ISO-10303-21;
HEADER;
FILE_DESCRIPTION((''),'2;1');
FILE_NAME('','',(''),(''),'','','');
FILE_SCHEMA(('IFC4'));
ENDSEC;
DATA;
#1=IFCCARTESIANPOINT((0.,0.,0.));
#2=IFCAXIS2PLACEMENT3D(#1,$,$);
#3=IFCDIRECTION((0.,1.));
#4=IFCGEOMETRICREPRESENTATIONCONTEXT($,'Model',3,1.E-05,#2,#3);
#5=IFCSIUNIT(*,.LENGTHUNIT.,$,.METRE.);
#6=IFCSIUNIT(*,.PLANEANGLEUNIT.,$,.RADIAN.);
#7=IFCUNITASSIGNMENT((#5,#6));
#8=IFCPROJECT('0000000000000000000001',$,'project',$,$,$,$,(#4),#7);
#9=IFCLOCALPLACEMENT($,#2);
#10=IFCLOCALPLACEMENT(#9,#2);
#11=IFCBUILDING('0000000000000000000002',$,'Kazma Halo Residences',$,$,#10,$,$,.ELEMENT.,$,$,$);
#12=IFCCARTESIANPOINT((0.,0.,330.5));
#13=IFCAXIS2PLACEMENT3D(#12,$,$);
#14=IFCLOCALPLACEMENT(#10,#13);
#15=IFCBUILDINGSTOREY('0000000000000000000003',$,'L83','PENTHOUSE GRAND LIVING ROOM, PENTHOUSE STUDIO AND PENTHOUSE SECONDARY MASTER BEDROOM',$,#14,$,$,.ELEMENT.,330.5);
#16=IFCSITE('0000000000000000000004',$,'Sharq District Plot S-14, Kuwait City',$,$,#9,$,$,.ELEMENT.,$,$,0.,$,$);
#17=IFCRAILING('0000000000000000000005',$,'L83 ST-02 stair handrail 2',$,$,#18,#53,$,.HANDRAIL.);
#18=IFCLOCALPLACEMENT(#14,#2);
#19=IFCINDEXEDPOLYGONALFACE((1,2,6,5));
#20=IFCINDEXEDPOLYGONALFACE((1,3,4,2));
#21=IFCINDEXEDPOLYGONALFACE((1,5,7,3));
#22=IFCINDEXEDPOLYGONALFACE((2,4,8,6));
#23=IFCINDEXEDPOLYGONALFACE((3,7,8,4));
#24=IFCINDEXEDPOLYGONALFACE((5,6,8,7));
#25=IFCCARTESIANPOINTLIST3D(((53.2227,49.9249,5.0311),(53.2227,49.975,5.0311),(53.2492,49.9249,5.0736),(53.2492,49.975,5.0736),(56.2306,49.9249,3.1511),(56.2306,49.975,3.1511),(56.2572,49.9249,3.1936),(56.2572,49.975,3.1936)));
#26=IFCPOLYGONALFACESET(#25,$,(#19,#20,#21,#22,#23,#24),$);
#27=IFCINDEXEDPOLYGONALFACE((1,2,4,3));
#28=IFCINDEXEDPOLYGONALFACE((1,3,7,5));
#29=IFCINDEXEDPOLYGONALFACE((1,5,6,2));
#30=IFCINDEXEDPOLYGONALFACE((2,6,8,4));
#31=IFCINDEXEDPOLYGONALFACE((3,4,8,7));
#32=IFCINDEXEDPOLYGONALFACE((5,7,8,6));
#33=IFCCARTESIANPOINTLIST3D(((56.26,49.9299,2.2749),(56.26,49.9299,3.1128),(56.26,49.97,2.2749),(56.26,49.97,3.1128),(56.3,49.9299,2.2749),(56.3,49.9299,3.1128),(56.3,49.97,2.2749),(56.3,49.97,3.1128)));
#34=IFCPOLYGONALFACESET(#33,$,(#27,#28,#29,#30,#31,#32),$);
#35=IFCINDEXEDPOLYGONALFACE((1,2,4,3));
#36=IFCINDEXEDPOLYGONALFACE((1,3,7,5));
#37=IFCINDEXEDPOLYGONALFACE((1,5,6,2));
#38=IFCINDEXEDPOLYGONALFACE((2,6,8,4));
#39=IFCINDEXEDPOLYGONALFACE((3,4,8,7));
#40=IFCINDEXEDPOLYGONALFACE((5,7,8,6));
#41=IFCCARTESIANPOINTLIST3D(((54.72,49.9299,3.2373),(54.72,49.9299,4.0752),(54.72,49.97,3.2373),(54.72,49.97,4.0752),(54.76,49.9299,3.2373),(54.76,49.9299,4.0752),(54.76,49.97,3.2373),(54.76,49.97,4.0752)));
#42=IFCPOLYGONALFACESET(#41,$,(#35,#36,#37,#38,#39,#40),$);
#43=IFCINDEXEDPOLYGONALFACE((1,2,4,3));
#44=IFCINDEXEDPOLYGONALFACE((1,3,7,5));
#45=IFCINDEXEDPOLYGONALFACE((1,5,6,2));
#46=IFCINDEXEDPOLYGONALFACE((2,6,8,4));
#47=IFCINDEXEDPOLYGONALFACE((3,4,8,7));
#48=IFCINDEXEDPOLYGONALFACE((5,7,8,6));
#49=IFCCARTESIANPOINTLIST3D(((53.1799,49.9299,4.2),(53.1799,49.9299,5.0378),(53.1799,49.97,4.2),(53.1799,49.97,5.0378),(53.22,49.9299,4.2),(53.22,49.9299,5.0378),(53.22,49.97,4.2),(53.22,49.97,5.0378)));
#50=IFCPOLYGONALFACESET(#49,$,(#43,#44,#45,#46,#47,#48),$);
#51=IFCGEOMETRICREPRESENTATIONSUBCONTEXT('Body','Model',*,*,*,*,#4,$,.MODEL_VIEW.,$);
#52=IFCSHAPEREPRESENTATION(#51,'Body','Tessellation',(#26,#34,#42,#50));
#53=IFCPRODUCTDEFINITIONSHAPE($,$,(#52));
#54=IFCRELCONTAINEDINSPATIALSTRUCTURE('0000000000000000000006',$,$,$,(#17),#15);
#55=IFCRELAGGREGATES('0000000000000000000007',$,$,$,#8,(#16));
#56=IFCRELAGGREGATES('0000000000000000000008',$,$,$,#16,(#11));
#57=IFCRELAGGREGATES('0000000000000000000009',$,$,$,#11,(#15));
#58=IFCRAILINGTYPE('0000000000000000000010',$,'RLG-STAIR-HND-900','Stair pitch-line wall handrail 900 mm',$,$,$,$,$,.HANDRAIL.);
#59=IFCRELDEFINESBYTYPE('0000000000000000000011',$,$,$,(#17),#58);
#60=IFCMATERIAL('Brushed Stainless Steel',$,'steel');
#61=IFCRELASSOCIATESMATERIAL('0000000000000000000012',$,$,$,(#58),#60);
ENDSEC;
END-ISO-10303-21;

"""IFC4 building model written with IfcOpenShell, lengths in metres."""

from ifc_helpers import new_model, si_unit, direction, frame, origin, origin_2d, place, context, subcontext, project, spatial, rectangle, extrude, material, type_object, element, save


model = new_model("IFC4")

# Units and contexts
model_context = context("Model", 3, precision=1e-05, world=origin(), true_north=direction((0.0, 1.0)))
body_context = subcontext(model_context, "Body", "Model", "MODEL_VIEW")
ifc_project = project(units=[si_unit("LENGTHUNIT", "METRE"), si_unit("PLANEANGLEUNIT", "RADIAN")], contexts=[model_context])

# Site, building, storey
site_placement = place(None, origin())
site = spatial("IfcSite", under=ifc_project, at=site_placement, Name="Sharq District Plot S-14, Kuwait City", CompositionType="ELEMENT", RefElevation=0.0)
building_placement = place(site_placement, origin())
building = spatial("IfcBuilding", under=site, at=building_placement, Name="Kazma Halo Residences", CompositionType="ELEMENT")
storey_placement = place(building_placement, frame((0.0, 0.0, 330.5)))
storey = spatial("IfcBuildingStorey", under=building, at=storey_placement, Name="L83", Description="PENTHOUSE GRAND LIVING ROOM, PENTHOUSE STUDIO AND PENTHOUSE SECONDARY MASTER BEDROOM", CompositionType="ELEMENT", Elevation=330.5)

# Railing
ifc_material_1 = material(Name="Brushed Stainless Steel", Category="steel")
railing_type_1 = type_object("IfcRailingType", Name="RLG-STAIR-HND-900", Description="Stair pitch-line wall handrail 900 mm", PredefinedType="HANDRAIL", material=ifc_material_1)
railing_1_placement = place(storey_placement, frame((56.28, 49.95, 2.2749)))
element("IfcRailing", 1, at=railing_1_placement, inside=storey, type_object=railing_type_1, Name="L83 ST-02 stair handrail 2", PredefinedType="HANDRAIL", context=body_context, shape_type="SweptSolid", body=[
    extrude(rectangle(XDim=0.05, YDim=0.05, at=origin_2d()), frame((-0.0361, 0.0, 0.8975), z_axis=(-0.847998, 0.0, 0.529999), x_axis=(0.0, -1.0, 0.0)), (0.0, 0.0, 1.0), 3.5471),
    extrude(rectangle(XDim=0.04, YDim=0.04, at=origin_2d()), origin(), (0.0, 0.0, 1.0), 0.8379),
    extrude(rectangle(XDim=0.04, YDim=0.04, at=origin_2d()), frame((-1.54, 0.0, 0.9624)), (0.0, 0.0, 1.0), 0.8379),
    extrude(rectangle(XDim=0.04, YDim=0.04, at=origin_2d()), frame((-3.0801, 0.0, 1.925)), (0.0, 0.0, 1.0), 0.8379),
])

save(model, "model.ifc")
